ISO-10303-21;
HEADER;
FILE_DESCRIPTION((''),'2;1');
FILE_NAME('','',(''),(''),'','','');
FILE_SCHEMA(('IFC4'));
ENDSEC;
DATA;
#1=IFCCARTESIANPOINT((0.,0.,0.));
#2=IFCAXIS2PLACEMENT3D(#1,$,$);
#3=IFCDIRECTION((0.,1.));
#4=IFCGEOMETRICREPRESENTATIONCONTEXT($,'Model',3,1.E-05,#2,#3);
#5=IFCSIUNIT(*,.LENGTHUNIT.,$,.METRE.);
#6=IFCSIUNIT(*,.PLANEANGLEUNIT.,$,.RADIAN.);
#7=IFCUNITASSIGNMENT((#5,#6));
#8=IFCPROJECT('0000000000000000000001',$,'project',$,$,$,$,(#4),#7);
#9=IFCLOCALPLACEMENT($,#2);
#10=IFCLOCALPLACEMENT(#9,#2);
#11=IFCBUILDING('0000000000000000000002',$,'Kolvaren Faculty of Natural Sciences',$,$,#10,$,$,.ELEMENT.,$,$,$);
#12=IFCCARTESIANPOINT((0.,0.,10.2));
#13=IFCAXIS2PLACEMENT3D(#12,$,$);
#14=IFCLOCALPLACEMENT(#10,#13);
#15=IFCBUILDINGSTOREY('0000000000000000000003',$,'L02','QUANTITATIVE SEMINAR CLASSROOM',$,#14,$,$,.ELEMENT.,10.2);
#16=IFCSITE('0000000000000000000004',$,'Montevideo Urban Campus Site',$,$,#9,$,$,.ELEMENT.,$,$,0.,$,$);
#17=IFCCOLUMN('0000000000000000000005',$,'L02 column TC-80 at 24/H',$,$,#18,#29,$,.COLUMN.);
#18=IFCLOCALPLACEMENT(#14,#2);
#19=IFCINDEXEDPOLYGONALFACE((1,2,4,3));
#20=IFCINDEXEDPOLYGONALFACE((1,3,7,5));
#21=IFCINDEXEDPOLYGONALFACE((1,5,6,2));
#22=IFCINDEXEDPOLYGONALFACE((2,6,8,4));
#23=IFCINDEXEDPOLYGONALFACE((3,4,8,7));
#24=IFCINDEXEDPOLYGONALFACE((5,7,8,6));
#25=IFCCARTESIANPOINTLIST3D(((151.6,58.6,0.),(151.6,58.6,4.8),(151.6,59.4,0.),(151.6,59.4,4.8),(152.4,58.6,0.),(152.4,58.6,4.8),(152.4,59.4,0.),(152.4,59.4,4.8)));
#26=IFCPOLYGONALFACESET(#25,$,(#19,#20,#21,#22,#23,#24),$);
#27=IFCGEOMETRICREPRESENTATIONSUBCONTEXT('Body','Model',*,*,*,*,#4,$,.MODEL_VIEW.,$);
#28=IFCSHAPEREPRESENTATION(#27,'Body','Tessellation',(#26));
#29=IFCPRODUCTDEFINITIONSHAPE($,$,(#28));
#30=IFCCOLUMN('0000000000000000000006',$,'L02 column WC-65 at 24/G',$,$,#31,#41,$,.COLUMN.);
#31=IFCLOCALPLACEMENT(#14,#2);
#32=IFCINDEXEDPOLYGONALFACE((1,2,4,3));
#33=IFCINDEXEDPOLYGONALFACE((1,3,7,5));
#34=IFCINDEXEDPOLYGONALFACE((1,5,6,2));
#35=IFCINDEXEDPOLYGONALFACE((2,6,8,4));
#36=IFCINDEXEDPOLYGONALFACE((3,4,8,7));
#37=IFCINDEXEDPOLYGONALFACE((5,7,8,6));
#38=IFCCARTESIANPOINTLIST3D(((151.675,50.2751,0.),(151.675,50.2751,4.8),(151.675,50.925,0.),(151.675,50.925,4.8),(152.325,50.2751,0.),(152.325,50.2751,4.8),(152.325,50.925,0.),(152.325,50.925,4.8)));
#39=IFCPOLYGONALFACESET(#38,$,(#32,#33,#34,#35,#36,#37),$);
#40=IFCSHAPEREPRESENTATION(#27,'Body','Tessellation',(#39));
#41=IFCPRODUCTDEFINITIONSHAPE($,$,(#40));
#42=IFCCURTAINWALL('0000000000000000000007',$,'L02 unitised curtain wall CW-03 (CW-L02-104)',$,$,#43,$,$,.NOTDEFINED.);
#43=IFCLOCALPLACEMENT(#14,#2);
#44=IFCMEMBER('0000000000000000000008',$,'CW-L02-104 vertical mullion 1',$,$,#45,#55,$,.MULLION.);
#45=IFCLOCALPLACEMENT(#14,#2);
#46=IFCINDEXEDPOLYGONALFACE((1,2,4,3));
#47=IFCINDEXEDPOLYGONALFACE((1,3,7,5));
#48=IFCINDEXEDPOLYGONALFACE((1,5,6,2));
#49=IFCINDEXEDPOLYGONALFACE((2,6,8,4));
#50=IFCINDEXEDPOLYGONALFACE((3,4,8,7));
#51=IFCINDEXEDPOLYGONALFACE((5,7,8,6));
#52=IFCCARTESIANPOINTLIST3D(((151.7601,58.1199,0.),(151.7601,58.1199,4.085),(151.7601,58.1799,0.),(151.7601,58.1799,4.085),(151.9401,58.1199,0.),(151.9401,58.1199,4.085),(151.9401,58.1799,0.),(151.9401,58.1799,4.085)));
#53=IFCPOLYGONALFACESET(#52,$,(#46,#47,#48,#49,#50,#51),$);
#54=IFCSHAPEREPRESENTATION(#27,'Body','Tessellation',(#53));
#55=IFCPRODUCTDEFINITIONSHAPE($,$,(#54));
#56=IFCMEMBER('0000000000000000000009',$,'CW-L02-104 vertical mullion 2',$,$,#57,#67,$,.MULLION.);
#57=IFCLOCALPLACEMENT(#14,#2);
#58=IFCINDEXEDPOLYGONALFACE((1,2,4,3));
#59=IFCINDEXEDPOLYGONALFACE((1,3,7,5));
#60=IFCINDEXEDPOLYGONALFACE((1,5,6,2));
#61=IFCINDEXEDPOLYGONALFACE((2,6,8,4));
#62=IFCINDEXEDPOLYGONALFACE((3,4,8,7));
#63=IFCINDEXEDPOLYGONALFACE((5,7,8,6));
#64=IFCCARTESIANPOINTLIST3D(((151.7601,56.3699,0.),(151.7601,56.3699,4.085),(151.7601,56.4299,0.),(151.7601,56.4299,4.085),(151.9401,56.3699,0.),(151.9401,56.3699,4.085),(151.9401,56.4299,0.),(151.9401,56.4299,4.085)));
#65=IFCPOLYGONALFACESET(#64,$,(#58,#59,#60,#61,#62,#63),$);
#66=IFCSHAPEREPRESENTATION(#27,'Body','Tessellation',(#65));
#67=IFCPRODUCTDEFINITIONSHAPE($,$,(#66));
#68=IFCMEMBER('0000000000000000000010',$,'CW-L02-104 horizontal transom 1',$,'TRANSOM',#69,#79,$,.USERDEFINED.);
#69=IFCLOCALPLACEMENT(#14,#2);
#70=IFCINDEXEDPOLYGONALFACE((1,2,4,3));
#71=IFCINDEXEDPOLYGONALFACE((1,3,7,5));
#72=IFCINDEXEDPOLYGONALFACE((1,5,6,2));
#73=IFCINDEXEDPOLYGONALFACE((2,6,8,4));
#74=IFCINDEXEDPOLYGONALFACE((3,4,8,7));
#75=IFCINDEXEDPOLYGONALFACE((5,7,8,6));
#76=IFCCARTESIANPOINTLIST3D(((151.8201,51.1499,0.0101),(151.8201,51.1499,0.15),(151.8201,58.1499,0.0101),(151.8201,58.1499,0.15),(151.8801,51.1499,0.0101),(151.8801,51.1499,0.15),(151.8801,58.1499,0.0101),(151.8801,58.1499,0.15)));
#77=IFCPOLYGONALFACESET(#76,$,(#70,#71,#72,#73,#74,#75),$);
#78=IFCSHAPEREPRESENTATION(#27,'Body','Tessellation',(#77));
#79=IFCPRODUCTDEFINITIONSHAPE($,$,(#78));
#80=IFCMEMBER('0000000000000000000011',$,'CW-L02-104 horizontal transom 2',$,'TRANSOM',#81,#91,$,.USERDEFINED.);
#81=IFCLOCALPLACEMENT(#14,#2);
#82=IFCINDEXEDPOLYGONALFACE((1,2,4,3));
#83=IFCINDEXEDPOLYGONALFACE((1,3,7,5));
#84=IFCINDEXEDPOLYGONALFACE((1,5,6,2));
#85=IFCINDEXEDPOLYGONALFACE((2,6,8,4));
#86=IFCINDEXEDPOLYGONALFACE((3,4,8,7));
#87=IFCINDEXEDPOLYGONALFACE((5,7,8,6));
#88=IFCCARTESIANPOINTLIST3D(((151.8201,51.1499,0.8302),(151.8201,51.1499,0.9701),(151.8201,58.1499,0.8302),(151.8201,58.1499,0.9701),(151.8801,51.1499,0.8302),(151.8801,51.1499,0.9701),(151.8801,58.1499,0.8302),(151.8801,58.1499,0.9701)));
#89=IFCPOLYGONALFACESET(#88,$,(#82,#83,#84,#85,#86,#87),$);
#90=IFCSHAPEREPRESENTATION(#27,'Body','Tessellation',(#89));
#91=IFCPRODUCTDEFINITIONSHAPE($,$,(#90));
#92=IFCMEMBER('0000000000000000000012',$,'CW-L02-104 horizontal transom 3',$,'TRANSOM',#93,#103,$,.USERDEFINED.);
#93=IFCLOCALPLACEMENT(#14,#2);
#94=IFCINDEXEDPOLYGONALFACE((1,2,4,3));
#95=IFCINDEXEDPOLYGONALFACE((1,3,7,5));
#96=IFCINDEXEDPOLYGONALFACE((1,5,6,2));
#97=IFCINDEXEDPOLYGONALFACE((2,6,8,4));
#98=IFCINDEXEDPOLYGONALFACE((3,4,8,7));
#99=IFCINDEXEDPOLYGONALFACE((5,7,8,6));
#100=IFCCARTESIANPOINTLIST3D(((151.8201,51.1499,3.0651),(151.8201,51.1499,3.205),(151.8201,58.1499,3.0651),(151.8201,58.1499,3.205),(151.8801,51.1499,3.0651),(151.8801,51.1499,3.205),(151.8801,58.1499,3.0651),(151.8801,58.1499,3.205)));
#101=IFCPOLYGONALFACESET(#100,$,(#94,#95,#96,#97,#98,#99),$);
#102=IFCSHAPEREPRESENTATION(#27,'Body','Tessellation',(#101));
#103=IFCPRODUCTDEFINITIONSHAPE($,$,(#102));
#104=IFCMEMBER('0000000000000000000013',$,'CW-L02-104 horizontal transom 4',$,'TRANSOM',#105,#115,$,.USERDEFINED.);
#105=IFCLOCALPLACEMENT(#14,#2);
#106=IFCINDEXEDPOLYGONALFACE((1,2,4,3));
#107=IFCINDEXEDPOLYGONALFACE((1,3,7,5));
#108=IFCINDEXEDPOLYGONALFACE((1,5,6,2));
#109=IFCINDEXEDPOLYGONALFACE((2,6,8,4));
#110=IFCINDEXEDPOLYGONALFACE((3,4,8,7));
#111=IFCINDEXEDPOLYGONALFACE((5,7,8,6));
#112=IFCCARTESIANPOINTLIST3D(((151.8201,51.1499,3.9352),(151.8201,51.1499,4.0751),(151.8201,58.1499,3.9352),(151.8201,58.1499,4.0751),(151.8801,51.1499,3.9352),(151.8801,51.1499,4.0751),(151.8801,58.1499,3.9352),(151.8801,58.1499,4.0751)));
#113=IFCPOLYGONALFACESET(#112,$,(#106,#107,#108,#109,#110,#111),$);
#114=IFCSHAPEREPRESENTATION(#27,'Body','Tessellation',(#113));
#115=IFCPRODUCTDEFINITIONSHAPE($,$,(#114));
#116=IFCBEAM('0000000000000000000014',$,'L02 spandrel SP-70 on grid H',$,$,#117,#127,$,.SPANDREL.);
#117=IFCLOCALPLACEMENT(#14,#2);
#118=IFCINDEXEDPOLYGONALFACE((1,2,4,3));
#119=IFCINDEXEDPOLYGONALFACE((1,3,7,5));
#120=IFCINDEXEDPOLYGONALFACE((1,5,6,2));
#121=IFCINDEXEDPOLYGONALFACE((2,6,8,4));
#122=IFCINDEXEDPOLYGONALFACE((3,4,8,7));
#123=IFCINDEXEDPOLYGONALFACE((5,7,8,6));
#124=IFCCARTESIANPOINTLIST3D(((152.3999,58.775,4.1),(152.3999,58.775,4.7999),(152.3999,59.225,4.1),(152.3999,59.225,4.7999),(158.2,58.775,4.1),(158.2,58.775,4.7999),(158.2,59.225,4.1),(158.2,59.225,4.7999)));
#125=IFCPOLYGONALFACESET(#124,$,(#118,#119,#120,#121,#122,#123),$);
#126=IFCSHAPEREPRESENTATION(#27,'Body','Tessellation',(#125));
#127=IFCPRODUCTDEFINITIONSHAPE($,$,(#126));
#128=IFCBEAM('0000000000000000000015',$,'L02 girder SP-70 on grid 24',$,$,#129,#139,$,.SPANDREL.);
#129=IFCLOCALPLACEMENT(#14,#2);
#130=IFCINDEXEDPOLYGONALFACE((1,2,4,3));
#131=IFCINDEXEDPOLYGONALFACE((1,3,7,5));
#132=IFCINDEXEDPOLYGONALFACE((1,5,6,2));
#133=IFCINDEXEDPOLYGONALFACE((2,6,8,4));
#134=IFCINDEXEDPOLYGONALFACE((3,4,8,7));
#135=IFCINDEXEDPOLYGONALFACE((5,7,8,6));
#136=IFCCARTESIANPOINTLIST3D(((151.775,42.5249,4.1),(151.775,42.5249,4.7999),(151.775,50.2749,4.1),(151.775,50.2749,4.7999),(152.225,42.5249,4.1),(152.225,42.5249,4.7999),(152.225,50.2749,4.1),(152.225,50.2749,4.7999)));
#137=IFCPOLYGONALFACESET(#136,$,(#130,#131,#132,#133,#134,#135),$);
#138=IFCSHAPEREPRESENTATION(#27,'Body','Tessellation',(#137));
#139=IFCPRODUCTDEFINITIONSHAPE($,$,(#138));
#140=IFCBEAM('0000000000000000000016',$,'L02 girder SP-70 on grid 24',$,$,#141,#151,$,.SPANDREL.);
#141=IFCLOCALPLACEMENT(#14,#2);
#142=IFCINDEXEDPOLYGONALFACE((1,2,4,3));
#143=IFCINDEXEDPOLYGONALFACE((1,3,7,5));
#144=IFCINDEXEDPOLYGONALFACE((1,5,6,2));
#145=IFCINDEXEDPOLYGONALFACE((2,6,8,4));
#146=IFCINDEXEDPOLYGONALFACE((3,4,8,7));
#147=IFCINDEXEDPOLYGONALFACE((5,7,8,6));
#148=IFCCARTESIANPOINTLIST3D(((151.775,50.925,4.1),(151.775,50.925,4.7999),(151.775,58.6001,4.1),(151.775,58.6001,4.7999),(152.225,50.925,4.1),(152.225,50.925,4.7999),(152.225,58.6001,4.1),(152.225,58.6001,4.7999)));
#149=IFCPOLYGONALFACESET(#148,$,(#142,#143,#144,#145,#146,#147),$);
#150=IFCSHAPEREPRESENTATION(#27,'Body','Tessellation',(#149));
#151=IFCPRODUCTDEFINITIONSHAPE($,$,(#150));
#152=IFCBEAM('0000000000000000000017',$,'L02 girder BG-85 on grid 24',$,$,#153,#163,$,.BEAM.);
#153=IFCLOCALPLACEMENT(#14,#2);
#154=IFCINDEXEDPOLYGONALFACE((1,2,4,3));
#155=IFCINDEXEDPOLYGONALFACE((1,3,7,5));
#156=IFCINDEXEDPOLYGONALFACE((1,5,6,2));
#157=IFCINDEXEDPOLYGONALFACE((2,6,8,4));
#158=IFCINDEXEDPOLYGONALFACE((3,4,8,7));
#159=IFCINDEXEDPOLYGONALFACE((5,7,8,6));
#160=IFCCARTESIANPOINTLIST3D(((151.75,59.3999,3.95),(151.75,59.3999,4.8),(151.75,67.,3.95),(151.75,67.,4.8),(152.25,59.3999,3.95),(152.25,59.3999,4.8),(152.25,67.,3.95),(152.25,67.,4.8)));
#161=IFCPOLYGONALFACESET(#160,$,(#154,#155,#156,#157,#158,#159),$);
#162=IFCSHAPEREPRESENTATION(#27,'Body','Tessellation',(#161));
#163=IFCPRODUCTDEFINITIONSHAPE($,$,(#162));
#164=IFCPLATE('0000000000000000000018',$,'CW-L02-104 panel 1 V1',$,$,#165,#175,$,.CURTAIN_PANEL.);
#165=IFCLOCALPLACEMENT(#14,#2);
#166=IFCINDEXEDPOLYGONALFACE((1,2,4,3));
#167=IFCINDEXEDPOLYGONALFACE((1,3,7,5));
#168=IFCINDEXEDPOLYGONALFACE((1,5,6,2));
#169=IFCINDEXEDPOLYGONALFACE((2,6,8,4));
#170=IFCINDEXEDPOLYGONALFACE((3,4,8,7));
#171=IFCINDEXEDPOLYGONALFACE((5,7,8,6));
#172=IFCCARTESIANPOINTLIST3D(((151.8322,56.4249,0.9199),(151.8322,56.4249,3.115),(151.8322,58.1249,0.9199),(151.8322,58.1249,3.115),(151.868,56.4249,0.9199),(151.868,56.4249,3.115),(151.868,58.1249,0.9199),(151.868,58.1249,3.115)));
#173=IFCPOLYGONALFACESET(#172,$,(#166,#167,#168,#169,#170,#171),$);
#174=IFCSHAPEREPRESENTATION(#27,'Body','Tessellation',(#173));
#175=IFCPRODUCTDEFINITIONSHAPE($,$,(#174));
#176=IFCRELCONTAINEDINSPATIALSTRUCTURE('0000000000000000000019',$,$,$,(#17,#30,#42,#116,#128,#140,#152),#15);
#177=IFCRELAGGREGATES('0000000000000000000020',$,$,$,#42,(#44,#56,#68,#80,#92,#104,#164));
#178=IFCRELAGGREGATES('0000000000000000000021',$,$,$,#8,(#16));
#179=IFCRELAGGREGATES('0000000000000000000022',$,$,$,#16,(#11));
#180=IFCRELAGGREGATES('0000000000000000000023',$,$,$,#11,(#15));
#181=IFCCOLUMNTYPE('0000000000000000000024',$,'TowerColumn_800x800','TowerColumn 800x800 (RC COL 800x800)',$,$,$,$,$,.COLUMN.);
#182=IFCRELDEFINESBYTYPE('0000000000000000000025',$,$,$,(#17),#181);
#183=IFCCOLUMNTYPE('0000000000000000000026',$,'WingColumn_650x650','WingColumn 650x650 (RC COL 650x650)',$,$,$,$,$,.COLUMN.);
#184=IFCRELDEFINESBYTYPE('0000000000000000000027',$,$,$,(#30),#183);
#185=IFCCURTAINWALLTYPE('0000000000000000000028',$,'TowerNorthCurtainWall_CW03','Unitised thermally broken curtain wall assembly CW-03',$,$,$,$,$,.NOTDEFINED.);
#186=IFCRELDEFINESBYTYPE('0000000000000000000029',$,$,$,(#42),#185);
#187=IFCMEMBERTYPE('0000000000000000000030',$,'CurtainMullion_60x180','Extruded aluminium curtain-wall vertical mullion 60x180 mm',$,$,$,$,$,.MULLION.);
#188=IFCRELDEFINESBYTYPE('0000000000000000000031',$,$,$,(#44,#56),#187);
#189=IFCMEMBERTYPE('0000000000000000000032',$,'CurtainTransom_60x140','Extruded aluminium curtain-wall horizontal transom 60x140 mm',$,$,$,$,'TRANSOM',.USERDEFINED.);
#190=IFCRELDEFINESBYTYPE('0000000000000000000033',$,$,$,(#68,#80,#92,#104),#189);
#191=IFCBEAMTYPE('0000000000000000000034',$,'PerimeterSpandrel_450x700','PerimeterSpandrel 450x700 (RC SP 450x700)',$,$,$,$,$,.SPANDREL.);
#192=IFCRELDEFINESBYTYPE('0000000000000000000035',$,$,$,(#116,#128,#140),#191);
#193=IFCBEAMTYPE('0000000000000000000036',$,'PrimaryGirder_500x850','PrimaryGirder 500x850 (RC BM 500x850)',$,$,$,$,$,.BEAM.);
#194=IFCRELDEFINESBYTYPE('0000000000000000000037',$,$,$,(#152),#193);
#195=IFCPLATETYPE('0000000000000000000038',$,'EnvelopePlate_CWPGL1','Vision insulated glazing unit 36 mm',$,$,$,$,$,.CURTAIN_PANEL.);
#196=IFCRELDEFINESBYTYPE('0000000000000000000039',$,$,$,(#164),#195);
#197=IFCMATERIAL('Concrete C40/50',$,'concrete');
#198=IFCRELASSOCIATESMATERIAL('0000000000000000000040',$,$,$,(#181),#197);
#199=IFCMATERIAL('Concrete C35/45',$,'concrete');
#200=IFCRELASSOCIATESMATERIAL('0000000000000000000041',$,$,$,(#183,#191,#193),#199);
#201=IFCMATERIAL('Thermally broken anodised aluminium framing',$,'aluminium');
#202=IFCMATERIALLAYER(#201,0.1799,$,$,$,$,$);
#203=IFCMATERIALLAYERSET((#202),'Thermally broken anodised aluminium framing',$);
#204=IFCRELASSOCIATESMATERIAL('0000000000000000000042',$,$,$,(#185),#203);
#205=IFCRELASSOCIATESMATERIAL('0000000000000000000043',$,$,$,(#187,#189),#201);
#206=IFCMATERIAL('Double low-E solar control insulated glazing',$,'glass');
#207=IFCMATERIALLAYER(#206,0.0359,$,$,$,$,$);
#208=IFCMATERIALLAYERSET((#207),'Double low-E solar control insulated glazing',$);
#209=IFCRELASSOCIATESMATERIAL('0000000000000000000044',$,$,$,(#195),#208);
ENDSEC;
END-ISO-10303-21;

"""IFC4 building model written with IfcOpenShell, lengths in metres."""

from ifc_helpers import new_model, si_unit, direction, frame, origin, origin_2d, place, context, subcontext, project, spatial, rectangle, extrude, material, layer, layer_set, material_profile, profile_set, type_object, element, aggregate, save


model = new_model("IFC4")

# Units and contexts
model_context = context("Model", 3, precision=1e-05, world=origin(), true_north=direction((0.0, 1.0)))
body_context = subcontext(model_context, "Body", "Model", "MODEL_VIEW")
ifc_project = project(units=[si_unit("LENGTHUNIT", "METRE"), si_unit("PLANEANGLEUNIT", "RADIAN")], contexts=[model_context])

# Site, building, storey
site_placement = place(None, origin())
site = spatial("IfcSite", under=ifc_project, at=site_placement, Name="Montevideo Urban Campus Site", CompositionType="ELEMENT", RefElevation=0.0)
building_placement = place(site_placement, origin())
building = spatial("IfcBuilding", under=site, at=building_placement, Name="Kolvaren Faculty of Natural Sciences", CompositionType="ELEMENT")
storey_placement = place(building_placement, frame((0.0, 0.0, 10.2)))
storey = spatial("IfcBuildingStorey", under=building, at=storey_placement, Name="L02", Description="QUANTITATIVE SEMINAR CLASSROOM", CompositionType="ELEMENT", Elevation=10.2)

# Columns
ifc_material_1 = material(Name="Concrete C40/50", Category="concrete")
ifc_material_profile_1 = material_profile(ifc_material_1, rectangle(XDim=0.8, YDim=0.8, at=origin_2d()), Name="RC COL 800x800")
ifc_profile_set_1 = profile_set([ifc_material_profile_1], Name="Concrete C40/50")
column_type_1 = type_object("IfcColumnType", Name="TowerColumn_800x800", Description="TowerColumn 800x800 (RC COL 800x800)", PredefinedType="COLUMN", material=ifc_profile_set_1)
column_1_placement = place(storey_placement, frame((152.0, 59.0, 0.0), z_axis=(0.0, 0.0, 1.0), x_axis=(1.0, 0.0, 0.0)))
element("IfcColumn", 1, at=column_1_placement, inside=storey, type_object=column_type_1, Name="L02 column TC-80 at 24/H", PredefinedType="COLUMN", context=body_context, shape_type="SweptSolid", body=[
    extrude(rectangle(XDim=0.8, YDim=0.8, at=origin_2d()), origin(), (0.0, 0.0, 1.0), 4.8),
])
ifc_material_2 = material(Name="Concrete C35/45", Category="concrete")
ifc_material_profile_2 = material_profile(ifc_material_2, rectangle(XDim=0.6499, YDim=0.6499, at=origin_2d()), Name="RC COL 650x650")
ifc_profile_set_2 = profile_set([ifc_material_profile_2], Name="Concrete C35/45")
column_type_2 = type_object("IfcColumnType", Name="WingColumn_650x650", Description="WingColumn 650x650 (RC COL 650x650)", PredefinedType="COLUMN", material=ifc_profile_set_2)
column_2_placement = place(storey_placement, frame((152.0, 50.6001, 0.0), z_axis=(0.0, 0.0, 1.0), x_axis=(1.0, 0.0, 0.0)))
element("IfcColumn", 2, at=column_2_placement, inside=storey, type_object=column_type_2, Name="L02 column WC-65 at 24/G", PredefinedType="COLUMN", context=body_context, shape_type="SweptSolid", body=[
    extrude(rectangle(XDim=0.6499, YDim=0.6499, at=origin_2d()), origin(), (0.0, 0.0, 1.0), 4.8),
])

# Curtain wall, members
ifc_material_3 = material(Name="Thermally broken anodised aluminium framing", Category="aluminium")
ifc_layer_1 = layer(ifc_material_3, 0.1799)
ifc_layer_set_1 = layer_set([ifc_layer_1], Name="Thermally broken anodised aluminium framing")
curtain_wall_type = type_object("IfcCurtainWallType", Name="TowerNorthCurtainWall_CW03", Description="Unitised thermally broken curtain wall assembly CW-03", PredefinedType="NOTDEFINED", material=ifc_layer_set_1)
curtain_wall_placement = place(storey_placement, origin())
curtain_wall = element("IfcCurtainWall", 3, at=curtain_wall_placement, inside=storey, type_object=curtain_wall_type, Name="L02 unitised curtain wall CW-03 (CW-L02-104)", PredefinedType="NOTDEFINED")
ifc_material_profile_3 = material_profile(ifc_material_3, rectangle(XDim=0.0601, YDim=0.1799, at=origin_2d()), Name="ALU MUL 60x180")
ifc_profile_set_3 = profile_set([ifc_material_profile_3], Name="Thermally broken anodised aluminium framing")
member_type_1 = type_object("IfcMemberType", Name="CurtainMullion_60x180", Description="Extruded aluminium curtain-wall vertical mullion 60x180 mm", PredefinedType="MULLION", material=ifc_profile_set_3)
member_1_placement = place(storey_placement, frame((151.8501, 58.1499, 0.0), z_axis=(0.0, 0.0, 1.0), x_axis=(0.0, -1.0, 0.0)))
member_1 = element("IfcMember", 4, at=member_1_placement, type_object=member_type_1, Name="CW-L02-104 vertical mullion 1", PredefinedType="MULLION", context=body_context, shape_type="SweptSolid", body=[
    extrude(rectangle(XDim=0.0601, YDim=0.1799, at=origin_2d()), origin(), (0.0, 0.0, 1.0), 4.085),
])
member_2_placement = place(storey_placement, frame((151.8501, 56.3999, 0.0), z_axis=(0.0, 0.0, 1.0), x_axis=(0.0, -1.0, 0.0)))
member_2 = element("IfcMember", 5, at=member_2_placement, type_object=member_type_1, Name="CW-L02-104 vertical mullion 2", PredefinedType="MULLION", context=body_context, shape_type="SweptSolid", body=[
    extrude(rectangle(XDim=0.0601, YDim=0.1799, at=origin_2d()), origin(), (0.0, 0.0, 1.0), 4.085),
])
ifc_material_profile_4 = material_profile(ifc_material_3, rectangle(XDim=0.0601, YDim=0.1399, at=origin_2d()), Name="ALU TRN 60x140")
ifc_profile_set_4 = profile_set([ifc_material_profile_4], Name="Thermally broken anodised aluminium framing")
member_type_2 = type_object("IfcMemberType", Name="CurtainTransom_60x140", Description="Extruded aluminium curtain-wall horizontal transom 60x140 mm", ElementType="TRANSOM", PredefinedType="USERDEFINED", material=ifc_profile_set_4)
member_3_placement = place(storey_placement, frame((151.8501, 58.1499, 0.0801), z_axis=(0.0, -1.0, 0.0), x_axis=(1.0, 0.0, 0.0)))
member_3 = element("IfcMember", 6, at=member_3_placement, type_object=member_type_2, Name="CW-L02-104 horizontal transom 1", ObjectType="TRANSOM", PredefinedType="USERDEFINED", context=body_context, shape_type="SweptSolid", body=[
    extrude(rectangle(XDim=0.0601, YDim=0.1399, at=origin_2d()), origin(), (0.0, 0.0, 1.0), 7.0),
])
member_4_placement = place(storey_placement, frame((151.8501, 58.1499, 0.9001), z_axis=(0.0, -1.0, 0.0), x_axis=(1.0, 0.0, 0.0)))
member_4 = element("IfcMember", 7, at=member_4_placement, type_object=member_type_2, Name="CW-L02-104 horizontal transom 2", ObjectType="TRANSOM", PredefinedType="USERDEFINED", context=body_context, shape_type="SweptSolid", body=[
    extrude(rectangle(XDim=0.0601, YDim=0.1399, at=origin_2d()), origin(), (0.0, 0.0, 1.0), 7.0),
])
member_5_placement = place(storey_placement, frame((151.8501, 58.1499, 3.135), z_axis=(0.0, -1.0, 0.0), x_axis=(1.0, 0.0, 0.0)))
member_5 = element("IfcMember", 8, at=member_5_placement, type_object=member_type_2, Name="CW-L02-104 horizontal transom 3", ObjectType="TRANSOM", PredefinedType="USERDEFINED", context=body_context, shape_type="SweptSolid", body=[
    extrude(rectangle(XDim=0.0601, YDim=0.1399, at=origin_2d()), origin(), (0.0, 0.0, 1.0), 7.0),
])
member_6_placement = place(storey_placement, frame((151.8501, 58.1499, 4.0051), z_axis=(0.0, -1.0, 0.0), x_axis=(1.0, 0.0, 0.0)))
member_6 = element("IfcMember", 9, at=member_6_placement, type_object=member_type_2, Name="CW-L02-104 horizontal transom 4", ObjectType="TRANSOM", PredefinedType="USERDEFINED", context=body_context, shape_type="SweptSolid", body=[
    extrude(rectangle(XDim=0.0601, YDim=0.1399, at=origin_2d()), origin(), (0.0, 0.0, 1.0), 7.0),
])

# Beams
ifc_material_profile_5 = material_profile(ifc_material_2, rectangle(XDim=0.45, YDim=0.7, at=origin_2d()), Name="RC SP 450x700")
ifc_profile_set_5 = profile_set([ifc_material_profile_5], Name="Concrete C35/45")
beam_type_1 = type_object("IfcBeamType", Name="PerimeterSpandrel_450x700", Description="PerimeterSpandrel 450x700 (RC SP 450x700)", PredefinedType="SPANDREL", material=ifc_profile_set_5)
beam_1_placement = place(storey_placement, frame((152.3999, 59.0, 4.45), z_axis=(1.0, 0.0, 0.0), x_axis=(0.0, 1.0, 0.0)))
element("IfcBeam", 10, at=beam_1_placement, inside=storey, type_object=beam_type_1, Name="L02 spandrel SP-70 on grid H", PredefinedType="SPANDREL", context=body_context, shape_type="SweptSolid", body=[
    extrude(rectangle(XDim=0.45, YDim=0.7, at=origin_2d()), origin(), (0.0, 0.0, 1.0), 5.8),
])
beam_2_placement = place(storey_placement, frame((152.0, 42.5249, 4.45), z_axis=(0.0, 1.0, 0.0), x_axis=(-1.0, 0.0, 0.0)))
element("IfcBeam", 11, at=beam_2_placement, inside=storey, type_object=beam_type_1, Name="L02 girder SP-70 on grid 24", PredefinedType="SPANDREL", context=body_context, shape_type="SweptSolid", body=[
    extrude(rectangle(XDim=0.45, YDim=0.7, at=origin_2d()), origin(), (0.0, 0.0, 1.0), 7.75),
])
beam_3_placement = place(storey_placement, frame((152.0, 50.925, 4.45), z_axis=(0.0, 1.0, 0.0), x_axis=(-1.0, 0.0, 0.0)))
element("IfcBeam", 12, at=beam_3_placement, inside=storey, type_object=beam_type_1, Name="L02 girder SP-70 on grid 24", PredefinedType="SPANDREL", context=body_context, shape_type="SweptSolid", body=[
    extrude(rectangle(XDim=0.45, YDim=0.7, at=origin_2d()), origin(), (0.0, 0.0, 1.0), 7.675),
])
ifc_material_profile_6 = material_profile(ifc_material_2, rectangle(XDim=0.5, YDim=0.8501, at=origin_2d()), Name="RC BM 500x850")
ifc_profile_set_6 = profile_set([ifc_material_profile_6], Name="Concrete C35/45")
beam_type_2 = type_object("IfcBeamType", Name="PrimaryGirder_500x850", Description="PrimaryGirder 500x850 (RC BM 500x850)", PredefinedType="BEAM", material=ifc_profile_set_6)
beam_4_placement = place(storey_placement, frame((152.0, 59.3999, 4.375), z_axis=(0.0, 1.0, 0.0), x_axis=(-1.0, 0.0, 0.0)))
element("IfcBeam", 13, at=beam_4_placement, inside=storey, type_object=beam_type_2, Name="L02 girder BG-85 on grid 24", PredefinedType="BEAM", context=body_context, shape_type="SweptSolid", body=[
    extrude(rectangle(XDim=0.5, YDim=0.8501, at=origin_2d()), origin(), (0.0, 0.0, 1.0), 7.6001),
])

# Plate
ifc_material_4 = material(Name="Double low-E solar control insulated glazing", Category="glass")
ifc_layer_2 = layer(ifc_material_4, 0.0359)
ifc_layer_set_2 = layer_set([ifc_layer_2], Name="Double low-E solar control insulated glazing")
plate_type_1 = type_object("IfcPlateType", Name="EnvelopePlate_CWPGL1", Description="Vision insulated glazing unit 36 mm", PredefinedType="CURTAIN_PANEL", material=ifc_layer_set_2)
plate_1_placement = place(storey_placement, frame((151.8501, 57.2749, 0.9199), z_axis=(0.0, 0.0, 1.0), x_axis=(0.0, -1.0, 0.0)))
plate_1 = element("IfcPlate", 14, at=plate_1_placement, type_object=plate_type_1, Name="CW-L02-104 panel 1 V1", PredefinedType="CURTAIN_PANEL", context=body_context, shape_type="SweptSolid", body=[
    extrude(rectangle(XDim=1.7, YDim=0.0359, at=origin_2d()), origin(), (0.0, 0.0, 1.0), 2.1951),
])
aggregate(curtain_wall, [member_1, member_2, member_3, member_4, member_5, member_6, plate_1])

save(model, "model.ifc")
